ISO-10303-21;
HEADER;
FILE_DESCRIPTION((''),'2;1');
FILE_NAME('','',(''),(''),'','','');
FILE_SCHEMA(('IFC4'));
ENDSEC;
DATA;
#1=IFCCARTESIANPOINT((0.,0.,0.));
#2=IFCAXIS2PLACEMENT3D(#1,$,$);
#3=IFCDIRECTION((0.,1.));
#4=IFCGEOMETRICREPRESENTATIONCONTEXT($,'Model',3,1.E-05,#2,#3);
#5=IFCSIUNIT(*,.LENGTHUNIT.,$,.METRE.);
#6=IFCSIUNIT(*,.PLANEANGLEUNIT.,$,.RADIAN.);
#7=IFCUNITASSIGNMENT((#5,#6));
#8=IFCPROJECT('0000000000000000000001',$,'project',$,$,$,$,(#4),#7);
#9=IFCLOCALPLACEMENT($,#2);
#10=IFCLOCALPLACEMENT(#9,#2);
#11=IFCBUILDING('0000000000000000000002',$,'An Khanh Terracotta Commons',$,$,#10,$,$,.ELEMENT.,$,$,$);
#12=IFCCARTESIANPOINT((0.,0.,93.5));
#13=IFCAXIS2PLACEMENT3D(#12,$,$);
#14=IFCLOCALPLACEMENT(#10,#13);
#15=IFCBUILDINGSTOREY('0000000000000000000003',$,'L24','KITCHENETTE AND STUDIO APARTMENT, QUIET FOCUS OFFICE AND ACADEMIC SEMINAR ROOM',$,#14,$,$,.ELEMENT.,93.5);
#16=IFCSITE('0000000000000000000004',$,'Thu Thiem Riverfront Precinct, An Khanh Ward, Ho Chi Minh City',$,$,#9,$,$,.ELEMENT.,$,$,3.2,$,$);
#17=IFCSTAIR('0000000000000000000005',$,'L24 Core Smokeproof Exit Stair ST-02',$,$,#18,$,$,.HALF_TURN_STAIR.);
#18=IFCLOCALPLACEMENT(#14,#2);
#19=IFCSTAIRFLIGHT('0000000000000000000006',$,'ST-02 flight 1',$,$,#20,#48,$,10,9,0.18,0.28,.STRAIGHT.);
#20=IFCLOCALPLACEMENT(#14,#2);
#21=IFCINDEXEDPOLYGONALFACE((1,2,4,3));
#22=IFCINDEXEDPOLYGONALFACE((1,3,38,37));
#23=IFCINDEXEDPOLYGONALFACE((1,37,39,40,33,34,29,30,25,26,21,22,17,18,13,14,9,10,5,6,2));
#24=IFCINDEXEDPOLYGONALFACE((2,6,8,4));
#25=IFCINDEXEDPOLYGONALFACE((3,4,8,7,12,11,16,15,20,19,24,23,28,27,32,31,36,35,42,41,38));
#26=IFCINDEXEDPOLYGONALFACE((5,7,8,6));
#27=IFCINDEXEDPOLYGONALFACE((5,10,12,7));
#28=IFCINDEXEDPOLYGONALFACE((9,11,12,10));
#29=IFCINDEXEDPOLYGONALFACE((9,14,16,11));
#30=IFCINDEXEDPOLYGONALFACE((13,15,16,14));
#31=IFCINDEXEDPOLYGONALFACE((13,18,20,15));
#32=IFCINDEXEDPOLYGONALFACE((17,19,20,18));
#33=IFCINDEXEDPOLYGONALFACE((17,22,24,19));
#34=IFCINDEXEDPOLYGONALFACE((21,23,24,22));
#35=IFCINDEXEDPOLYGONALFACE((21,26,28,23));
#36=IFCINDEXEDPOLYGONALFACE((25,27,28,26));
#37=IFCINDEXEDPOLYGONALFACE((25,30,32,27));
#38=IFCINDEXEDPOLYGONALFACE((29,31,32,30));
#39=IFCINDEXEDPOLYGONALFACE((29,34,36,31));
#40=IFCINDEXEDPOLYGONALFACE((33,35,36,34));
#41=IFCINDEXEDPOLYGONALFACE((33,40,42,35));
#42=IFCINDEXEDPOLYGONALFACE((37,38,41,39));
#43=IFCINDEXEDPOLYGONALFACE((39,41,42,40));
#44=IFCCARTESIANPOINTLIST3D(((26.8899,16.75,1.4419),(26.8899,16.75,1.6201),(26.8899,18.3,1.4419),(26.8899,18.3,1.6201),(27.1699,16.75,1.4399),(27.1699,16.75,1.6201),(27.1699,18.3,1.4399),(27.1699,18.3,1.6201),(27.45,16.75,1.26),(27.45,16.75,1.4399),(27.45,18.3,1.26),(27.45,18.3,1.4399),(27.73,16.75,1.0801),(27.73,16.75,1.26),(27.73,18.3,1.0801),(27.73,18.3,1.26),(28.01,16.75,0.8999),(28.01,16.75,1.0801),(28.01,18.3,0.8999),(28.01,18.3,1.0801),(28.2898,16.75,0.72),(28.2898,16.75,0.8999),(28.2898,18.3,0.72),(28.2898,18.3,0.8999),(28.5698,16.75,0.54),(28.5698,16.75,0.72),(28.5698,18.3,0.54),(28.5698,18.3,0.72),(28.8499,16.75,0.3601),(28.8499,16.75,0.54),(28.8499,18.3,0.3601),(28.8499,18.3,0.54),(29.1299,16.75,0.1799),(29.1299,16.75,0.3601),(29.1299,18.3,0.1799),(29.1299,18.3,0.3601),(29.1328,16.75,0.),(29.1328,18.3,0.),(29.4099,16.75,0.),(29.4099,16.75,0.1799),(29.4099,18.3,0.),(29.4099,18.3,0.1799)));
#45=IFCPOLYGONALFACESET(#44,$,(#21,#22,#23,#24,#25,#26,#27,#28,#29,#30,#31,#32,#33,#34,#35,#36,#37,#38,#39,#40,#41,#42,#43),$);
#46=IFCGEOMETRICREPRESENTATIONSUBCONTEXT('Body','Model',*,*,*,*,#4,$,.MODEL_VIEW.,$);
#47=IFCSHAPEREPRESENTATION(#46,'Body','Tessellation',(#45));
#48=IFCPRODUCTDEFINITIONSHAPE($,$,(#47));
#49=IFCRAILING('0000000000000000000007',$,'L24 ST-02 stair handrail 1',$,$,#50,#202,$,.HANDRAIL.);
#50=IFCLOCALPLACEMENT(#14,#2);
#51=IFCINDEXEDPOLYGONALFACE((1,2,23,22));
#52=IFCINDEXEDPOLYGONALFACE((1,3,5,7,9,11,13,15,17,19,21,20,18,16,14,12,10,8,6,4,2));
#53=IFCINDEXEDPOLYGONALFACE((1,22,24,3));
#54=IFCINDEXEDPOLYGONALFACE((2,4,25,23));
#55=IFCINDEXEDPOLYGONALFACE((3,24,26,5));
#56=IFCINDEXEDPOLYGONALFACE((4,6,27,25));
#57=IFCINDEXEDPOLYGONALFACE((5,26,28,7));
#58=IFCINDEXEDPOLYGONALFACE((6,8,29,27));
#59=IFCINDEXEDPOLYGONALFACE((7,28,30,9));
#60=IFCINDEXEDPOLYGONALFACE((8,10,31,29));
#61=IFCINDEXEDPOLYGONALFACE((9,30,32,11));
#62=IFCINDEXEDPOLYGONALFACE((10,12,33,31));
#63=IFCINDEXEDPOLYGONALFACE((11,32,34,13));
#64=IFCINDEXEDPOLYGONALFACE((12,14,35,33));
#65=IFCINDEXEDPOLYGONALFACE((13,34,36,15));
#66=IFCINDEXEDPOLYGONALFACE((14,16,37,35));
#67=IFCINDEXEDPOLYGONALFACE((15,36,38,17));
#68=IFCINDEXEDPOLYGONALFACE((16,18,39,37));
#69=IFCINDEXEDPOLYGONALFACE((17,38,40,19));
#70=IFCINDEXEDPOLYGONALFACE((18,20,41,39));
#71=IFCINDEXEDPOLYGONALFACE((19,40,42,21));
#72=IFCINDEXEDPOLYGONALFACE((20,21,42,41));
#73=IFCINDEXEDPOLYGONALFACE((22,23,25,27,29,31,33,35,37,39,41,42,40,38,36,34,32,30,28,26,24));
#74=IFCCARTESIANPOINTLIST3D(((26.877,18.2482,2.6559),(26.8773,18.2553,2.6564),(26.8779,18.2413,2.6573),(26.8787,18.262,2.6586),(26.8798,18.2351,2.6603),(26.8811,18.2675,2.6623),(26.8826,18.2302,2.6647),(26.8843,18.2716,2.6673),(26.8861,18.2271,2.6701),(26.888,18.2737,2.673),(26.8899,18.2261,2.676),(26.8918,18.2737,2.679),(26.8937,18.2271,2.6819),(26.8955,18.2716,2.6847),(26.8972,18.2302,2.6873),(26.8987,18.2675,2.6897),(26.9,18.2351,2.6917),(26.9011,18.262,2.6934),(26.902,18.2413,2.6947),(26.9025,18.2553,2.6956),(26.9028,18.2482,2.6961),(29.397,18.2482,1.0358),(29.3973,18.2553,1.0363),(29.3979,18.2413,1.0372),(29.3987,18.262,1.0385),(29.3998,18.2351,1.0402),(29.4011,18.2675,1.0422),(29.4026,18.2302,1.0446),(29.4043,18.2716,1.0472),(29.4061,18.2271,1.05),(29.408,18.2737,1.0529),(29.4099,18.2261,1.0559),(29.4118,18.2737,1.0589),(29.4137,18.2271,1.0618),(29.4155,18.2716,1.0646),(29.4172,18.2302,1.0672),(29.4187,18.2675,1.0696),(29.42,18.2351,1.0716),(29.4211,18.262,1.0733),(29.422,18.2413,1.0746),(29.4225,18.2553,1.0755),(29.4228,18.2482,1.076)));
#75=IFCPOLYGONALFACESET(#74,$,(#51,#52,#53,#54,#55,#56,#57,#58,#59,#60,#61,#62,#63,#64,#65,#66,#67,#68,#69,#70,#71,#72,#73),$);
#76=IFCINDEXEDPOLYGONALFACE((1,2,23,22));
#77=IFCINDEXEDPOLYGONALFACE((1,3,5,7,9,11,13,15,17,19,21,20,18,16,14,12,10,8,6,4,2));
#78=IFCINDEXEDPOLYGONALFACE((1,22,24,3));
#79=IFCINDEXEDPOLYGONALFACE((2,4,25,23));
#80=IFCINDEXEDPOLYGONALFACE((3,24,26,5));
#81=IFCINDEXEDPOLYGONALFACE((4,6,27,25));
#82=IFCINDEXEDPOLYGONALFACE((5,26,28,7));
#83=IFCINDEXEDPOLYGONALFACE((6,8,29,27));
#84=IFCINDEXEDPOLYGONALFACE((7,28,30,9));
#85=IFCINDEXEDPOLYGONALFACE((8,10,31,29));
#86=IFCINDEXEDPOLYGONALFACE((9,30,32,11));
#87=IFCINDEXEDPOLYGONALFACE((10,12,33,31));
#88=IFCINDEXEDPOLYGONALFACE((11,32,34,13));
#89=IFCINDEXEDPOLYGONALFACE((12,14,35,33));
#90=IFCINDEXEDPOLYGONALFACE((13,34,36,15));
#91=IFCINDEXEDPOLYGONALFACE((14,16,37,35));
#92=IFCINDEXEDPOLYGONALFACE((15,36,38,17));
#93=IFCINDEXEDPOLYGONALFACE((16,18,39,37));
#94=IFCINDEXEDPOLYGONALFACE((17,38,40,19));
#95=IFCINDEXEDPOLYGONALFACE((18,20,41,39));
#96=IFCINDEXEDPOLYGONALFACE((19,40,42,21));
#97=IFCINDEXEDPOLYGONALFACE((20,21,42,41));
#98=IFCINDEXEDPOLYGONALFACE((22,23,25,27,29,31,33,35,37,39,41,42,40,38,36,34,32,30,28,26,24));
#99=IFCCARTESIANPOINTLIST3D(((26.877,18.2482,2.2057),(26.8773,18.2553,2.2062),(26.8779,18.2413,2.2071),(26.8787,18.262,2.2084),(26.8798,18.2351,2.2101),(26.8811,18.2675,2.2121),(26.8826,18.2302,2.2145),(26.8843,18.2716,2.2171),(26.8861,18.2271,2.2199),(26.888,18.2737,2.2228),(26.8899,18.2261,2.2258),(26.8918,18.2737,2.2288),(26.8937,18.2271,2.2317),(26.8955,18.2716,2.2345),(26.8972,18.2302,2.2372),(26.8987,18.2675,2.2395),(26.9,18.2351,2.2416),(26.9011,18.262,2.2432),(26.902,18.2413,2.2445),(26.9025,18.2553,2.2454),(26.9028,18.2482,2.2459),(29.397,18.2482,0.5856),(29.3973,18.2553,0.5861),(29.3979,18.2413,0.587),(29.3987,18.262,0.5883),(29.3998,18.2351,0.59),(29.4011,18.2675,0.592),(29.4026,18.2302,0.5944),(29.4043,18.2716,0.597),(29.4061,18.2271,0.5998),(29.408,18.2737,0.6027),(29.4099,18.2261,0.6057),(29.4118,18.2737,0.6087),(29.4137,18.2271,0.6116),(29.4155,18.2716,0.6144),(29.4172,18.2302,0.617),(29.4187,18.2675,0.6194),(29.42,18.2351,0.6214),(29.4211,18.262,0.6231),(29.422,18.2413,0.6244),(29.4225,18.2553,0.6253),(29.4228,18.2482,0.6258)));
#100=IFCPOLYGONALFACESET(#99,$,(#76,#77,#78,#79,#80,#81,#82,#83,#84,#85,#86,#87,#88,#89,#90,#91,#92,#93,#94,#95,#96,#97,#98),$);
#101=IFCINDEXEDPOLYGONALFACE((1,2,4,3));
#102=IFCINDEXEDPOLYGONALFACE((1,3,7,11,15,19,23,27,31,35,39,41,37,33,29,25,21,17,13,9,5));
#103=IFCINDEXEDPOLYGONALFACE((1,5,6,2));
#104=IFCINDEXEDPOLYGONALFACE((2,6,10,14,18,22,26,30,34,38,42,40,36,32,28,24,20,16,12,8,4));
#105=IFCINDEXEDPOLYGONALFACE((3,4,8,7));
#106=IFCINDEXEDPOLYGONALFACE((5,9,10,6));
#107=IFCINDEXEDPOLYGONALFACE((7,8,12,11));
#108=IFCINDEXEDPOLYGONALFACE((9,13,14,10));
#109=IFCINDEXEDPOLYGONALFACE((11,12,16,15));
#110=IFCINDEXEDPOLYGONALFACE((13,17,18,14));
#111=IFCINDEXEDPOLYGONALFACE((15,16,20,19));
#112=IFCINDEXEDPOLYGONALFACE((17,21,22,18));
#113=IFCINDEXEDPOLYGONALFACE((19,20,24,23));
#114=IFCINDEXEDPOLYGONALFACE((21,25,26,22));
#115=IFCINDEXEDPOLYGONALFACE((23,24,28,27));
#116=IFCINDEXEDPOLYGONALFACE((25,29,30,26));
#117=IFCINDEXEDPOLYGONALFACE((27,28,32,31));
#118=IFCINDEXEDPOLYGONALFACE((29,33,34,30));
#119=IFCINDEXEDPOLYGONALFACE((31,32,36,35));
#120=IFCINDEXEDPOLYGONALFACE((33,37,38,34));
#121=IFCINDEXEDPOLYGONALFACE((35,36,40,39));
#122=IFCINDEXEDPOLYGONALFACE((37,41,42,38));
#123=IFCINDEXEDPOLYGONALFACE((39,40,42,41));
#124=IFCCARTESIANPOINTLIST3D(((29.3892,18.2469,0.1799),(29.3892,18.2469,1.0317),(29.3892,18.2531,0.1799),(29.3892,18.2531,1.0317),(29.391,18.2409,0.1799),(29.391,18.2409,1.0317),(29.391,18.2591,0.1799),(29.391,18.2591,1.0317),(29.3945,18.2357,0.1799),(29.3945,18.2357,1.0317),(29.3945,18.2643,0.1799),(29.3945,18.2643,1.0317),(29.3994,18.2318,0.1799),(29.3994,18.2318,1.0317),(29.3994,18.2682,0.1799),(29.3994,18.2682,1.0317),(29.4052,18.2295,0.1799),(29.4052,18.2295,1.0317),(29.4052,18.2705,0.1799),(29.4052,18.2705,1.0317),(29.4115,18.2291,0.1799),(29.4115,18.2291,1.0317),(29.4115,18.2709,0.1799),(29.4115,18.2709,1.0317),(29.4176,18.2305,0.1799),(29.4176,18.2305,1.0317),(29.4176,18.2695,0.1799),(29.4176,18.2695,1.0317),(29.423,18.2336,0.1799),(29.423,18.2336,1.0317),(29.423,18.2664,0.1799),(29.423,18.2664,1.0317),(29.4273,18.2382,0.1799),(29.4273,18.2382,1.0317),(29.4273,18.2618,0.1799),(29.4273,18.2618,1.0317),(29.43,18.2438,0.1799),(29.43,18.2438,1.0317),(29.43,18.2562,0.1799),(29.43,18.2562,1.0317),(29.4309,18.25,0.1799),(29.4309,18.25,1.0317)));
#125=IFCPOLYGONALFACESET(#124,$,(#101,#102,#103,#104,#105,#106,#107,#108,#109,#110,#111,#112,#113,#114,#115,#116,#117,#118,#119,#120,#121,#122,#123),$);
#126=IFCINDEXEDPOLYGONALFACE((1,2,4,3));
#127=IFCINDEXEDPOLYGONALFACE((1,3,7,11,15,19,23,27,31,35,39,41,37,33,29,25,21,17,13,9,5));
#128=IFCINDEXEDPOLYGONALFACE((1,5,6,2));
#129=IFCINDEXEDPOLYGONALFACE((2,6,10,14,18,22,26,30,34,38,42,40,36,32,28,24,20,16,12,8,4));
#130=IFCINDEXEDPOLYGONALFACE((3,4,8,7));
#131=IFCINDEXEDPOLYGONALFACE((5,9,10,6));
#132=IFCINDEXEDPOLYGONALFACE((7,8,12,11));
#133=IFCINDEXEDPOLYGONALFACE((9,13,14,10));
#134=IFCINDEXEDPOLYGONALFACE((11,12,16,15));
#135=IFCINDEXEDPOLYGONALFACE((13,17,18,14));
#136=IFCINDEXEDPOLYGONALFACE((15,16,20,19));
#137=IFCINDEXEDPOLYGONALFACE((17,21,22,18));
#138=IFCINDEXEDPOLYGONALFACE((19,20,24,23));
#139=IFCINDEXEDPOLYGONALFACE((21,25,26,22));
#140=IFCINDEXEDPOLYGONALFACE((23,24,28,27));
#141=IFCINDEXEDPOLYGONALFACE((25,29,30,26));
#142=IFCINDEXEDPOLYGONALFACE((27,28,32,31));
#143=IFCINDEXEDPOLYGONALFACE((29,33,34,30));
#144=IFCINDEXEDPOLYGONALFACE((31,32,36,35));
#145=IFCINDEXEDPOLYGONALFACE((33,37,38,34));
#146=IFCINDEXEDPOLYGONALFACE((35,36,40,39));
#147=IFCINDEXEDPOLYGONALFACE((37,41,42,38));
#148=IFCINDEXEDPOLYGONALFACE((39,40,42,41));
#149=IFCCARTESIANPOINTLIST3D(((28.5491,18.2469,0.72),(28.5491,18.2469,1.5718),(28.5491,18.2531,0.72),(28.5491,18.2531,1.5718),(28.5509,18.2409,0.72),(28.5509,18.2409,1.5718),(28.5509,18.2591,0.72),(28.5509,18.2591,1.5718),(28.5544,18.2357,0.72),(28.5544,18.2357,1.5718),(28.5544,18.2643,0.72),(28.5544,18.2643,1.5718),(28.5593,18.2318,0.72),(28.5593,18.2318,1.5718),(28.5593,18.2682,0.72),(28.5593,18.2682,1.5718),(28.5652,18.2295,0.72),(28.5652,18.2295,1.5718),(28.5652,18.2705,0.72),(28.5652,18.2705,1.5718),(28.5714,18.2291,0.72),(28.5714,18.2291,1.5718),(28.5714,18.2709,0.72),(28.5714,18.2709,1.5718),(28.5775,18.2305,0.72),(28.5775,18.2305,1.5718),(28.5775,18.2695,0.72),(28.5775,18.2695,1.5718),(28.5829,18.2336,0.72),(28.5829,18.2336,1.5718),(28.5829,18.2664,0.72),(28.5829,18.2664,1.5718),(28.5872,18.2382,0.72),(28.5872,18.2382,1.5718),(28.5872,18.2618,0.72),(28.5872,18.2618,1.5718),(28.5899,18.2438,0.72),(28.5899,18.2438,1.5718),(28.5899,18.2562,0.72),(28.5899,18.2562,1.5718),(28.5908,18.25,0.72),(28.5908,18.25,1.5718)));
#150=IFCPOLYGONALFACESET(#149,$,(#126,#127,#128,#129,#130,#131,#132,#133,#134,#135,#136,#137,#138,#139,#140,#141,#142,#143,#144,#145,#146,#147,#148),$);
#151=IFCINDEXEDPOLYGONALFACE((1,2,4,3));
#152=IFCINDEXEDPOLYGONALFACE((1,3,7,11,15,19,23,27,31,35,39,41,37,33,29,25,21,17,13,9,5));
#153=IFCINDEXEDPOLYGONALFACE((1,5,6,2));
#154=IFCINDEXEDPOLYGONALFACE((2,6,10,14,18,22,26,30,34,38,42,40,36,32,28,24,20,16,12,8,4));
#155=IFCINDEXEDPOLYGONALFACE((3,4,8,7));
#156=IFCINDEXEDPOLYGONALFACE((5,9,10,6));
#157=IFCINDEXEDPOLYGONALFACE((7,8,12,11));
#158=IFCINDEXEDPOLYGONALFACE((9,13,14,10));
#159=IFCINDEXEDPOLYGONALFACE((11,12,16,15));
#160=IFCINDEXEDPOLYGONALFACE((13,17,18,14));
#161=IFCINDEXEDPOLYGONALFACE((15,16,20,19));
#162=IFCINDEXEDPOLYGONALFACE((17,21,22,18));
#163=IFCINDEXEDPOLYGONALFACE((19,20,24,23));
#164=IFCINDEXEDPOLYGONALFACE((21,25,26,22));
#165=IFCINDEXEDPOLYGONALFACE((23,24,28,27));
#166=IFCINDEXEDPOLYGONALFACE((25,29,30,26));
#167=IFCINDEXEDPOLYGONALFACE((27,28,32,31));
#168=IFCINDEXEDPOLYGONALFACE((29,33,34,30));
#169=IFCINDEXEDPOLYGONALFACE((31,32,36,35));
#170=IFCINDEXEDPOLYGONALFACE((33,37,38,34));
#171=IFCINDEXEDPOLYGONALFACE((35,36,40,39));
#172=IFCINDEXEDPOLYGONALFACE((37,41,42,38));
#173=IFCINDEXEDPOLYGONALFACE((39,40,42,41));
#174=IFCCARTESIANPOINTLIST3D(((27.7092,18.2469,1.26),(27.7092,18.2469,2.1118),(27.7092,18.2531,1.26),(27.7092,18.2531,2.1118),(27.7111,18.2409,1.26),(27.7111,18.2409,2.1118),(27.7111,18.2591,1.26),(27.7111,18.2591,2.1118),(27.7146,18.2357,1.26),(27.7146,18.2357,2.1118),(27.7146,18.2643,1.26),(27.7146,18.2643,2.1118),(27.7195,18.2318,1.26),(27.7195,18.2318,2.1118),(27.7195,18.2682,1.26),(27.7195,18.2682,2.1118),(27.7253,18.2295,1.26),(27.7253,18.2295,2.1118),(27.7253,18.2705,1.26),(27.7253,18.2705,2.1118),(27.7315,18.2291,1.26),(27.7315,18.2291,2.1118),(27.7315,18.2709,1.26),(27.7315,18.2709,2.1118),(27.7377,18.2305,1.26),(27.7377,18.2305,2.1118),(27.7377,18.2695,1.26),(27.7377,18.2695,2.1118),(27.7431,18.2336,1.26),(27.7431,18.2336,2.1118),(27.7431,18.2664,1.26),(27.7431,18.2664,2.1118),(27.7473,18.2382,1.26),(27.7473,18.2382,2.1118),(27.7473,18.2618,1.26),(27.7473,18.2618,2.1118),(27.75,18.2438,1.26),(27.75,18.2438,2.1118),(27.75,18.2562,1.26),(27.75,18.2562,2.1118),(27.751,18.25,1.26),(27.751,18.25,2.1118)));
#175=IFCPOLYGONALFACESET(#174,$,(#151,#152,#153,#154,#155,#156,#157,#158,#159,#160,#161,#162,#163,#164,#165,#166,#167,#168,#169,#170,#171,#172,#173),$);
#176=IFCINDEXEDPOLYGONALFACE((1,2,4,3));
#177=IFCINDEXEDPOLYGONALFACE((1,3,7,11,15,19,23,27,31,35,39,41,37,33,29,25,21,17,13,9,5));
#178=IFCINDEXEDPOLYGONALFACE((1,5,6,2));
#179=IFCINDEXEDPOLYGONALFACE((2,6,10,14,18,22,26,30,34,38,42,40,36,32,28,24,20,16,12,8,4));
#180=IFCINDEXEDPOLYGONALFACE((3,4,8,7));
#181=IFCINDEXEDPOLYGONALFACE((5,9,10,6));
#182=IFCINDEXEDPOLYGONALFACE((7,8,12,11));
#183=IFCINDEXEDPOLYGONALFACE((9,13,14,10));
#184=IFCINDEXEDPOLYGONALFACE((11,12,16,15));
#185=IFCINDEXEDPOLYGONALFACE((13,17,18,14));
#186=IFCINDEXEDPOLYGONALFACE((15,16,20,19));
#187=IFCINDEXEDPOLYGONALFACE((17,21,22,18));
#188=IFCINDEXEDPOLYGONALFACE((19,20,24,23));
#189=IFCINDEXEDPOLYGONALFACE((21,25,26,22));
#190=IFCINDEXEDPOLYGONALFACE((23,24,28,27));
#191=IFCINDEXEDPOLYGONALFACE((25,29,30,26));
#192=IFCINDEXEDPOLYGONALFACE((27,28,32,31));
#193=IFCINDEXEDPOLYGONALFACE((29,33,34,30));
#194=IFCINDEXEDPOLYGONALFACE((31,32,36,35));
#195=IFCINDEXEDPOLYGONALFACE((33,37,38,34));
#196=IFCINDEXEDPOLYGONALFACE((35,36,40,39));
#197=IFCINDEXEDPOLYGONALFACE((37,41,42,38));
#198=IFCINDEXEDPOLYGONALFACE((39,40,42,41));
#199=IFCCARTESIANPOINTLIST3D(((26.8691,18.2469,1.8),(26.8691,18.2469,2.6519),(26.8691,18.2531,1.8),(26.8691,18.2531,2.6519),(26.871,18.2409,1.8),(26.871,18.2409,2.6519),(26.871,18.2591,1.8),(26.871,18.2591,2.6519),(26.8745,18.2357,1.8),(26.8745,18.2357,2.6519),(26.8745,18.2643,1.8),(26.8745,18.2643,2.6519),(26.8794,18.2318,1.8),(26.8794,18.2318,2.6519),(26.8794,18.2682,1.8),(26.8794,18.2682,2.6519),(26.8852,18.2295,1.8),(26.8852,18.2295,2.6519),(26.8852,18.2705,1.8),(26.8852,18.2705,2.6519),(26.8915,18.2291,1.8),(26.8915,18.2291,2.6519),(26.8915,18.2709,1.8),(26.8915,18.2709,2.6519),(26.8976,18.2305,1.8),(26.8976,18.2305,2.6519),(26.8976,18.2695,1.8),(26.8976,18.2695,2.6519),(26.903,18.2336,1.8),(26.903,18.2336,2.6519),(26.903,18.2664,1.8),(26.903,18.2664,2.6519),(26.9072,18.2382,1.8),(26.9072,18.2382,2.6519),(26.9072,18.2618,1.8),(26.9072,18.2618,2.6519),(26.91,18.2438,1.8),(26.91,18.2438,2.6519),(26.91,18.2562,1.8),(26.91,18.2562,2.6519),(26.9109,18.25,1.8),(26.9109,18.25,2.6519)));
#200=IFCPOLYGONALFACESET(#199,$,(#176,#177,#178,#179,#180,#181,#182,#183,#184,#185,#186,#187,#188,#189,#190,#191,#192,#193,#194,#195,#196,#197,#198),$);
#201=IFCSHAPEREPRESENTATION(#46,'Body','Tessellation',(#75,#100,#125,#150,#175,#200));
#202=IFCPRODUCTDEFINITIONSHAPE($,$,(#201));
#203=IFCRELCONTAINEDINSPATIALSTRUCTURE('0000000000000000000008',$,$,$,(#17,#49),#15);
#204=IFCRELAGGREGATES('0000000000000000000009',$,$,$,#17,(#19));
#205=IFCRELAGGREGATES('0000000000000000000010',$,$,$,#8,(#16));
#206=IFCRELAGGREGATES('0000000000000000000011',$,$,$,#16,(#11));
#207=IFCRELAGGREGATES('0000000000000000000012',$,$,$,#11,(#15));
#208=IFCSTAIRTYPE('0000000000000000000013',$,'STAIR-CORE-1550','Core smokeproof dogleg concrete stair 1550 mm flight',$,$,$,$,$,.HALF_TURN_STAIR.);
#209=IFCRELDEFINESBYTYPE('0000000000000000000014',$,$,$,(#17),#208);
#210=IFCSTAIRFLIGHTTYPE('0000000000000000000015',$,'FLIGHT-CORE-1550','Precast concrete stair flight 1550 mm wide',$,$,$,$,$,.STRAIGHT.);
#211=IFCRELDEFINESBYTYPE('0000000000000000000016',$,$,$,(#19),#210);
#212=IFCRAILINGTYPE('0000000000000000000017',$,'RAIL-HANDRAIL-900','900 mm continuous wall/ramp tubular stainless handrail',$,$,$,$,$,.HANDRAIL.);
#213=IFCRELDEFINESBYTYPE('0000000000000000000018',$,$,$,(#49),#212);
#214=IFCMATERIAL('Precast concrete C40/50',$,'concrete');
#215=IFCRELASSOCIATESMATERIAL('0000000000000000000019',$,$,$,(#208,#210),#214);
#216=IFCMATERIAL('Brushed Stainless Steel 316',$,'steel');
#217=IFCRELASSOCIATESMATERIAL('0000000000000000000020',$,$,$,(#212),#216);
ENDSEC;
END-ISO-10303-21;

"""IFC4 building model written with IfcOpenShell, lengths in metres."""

from ifc_helpers import new_model, si_unit, direction, frame, origin, origin_2d, place, context, subcontext, project, spatial, polyline, circle, outline, extrude, material, type_object, element, aggregate, save


model = new_model("IFC4")

# Units and contexts
model_context = context("Model", 3, precision=1e-05, world=origin(), true_north=direction((0.0, 1.0)))
body_context = subcontext(model_context, "Body", "Model", "MODEL_VIEW")
ifc_project = project(units=[si_unit("LENGTHUNIT", "METRE"), si_unit("PLANEANGLEUNIT", "RADIAN")], contexts=[model_context])

# Site, building, storey
site_placement = place(None, origin())
site = spatial("IfcSite", under=ifc_project, at=site_placement, Name="Thu Thiem Riverfront Precinct, An Khanh Ward, Ho Chi Minh City", CompositionType="ELEMENT", RefElevation=3.2)
building_placement = place(site_placement, origin())
building = spatial("IfcBuilding", under=site, at=building_placement, Name="An Khanh Terracotta Commons", CompositionType="ELEMENT")
storey_placement = place(building_placement, frame((0.0, 0.0, 93.5)))
storey = spatial("IfcBuildingStorey", under=building, at=storey_placement, Name="L24", Description="KITCHENETTE AND STUDIO APARTMENT, QUIET FOCUS OFFICE AND ACADEMIC SEMINAR ROOM", CompositionType="ELEMENT", Elevation=93.5)

# Stair, stair flight
ifc_material_1 = material(Name="Precast concrete C40/50", Category="concrete")
stair_type = type_object("IfcStairType", Name="STAIR-CORE-1550", Description="Core smokeproof dogleg concrete stair 1550 mm flight", PredefinedType="HALF_TURN_STAIR", material=ifc_material_1)
stair_placement = place(storey_placement, origin())
stair = element("IfcStair", 1, at=stair_placement, inside=storey, type_object=stair_type, Name="L24 Core Smokeproof Exit Stair ST-02", PredefinedType="HALF_TURN_STAIR")
stair_flight_type = type_object("IfcStairFlightType", Name="FLIGHT-CORE-1550", Description="Precast concrete stair flight 1550 mm wide", PredefinedType="STRAIGHT", material=ifc_material_1)
stair_flight_placement = place(storey_placement, frame((29.4099, 17.5249, 0.0), z_axis=(0.0, 0.0, 1.0), x_axis=(-1.0, 0.0, 0.0)))
stair_flight = element("IfcStairFlight", 2, at=stair_flight_placement, type_object=stair_flight_type, Name="ST-02 flight 1", NumberOfRisers=10, NumberOfTreads=9, PredefinedType="STRAIGHT", RiserHeight=0.18, TreadLength=0.28, context=body_context, shape_type="SweptSolid", body=[
    extrude(outline(polyline([(0.0, 0.0), (0.0, 0.1799), (0.28, 0.1799), (0.28, 0.3601), (0.5601, 0.3601), (0.5601, 0.54), (0.8401, 0.54), (0.8401, 0.72), (1.1201, 0.72), (1.1201, 0.8999), (1.3999, 0.8999), (1.3999, 1.0801), (1.6799, 1.0801), (1.6799, 1.26), (1.96, 1.26), (1.96, 1.4399), (2.24, 1.4399), (2.24, 1.6201), (2.52, 1.6201), (2.52, 1.8), (2.52, 1.4419), (0.2771, 0.0), (0.0, 0.0)])), frame((0.0, 0.7749, 0.0), z_axis=(0.0, -1.0, 0.0), x_axis=(1.0, 0.0, 0.0)), (0.0, 0.0, 1.0), 1.55),
])
aggregate(stair, [stair_flight])

# Railing
ifc_material_2 = material(Name="Brushed Stainless Steel 316", Category="steel")
railing_type_1 = type_object("IfcRailingType", Name="RAIL-HANDRAIL-900", Description="900 mm continuous wall/ramp tubular stainless handrail", PredefinedType="HANDRAIL", material=ifc_material_2)
railing_1_placement = place(storey_placement, frame((29.4099, 18.25, 0.1799)))
element("IfcRailing", 3, at=railing_1_placement, inside=storey, type_object=railing_type_1, Name="L24 ST-02 stair handrail 1", PredefinedType="HANDRAIL", context=body_context, shape_type="SweptSolid", body=[
    extrude(circle(Radius=0.0239, at=origin_2d()), frame((0.0, 0.0, 0.876), z_axis=(-0.841163, 0.0, 0.540782), x_axis=(0.0, -1.0, 0.0)), (0.0, 0.0, 1.0), 2.9958),
    extrude(circle(Radius=0.0239, at=origin_2d()), frame((0.0, 0.0, 0.4258), z_axis=(-0.841163, 0.0, 0.540782), x_axis=(0.0, -1.0, 0.0)), (0.0, 0.0, 1.0), 2.9958),
    extrude(circle(Radius=0.021, at=origin_2d()), origin(), (0.0, 0.0, 1.0), 0.8518),
    extrude(circle(Radius=0.021, at=origin_2d()), frame((-0.8401, 0.0, 0.54)), (0.0, 0.0, 1.0), 0.8518),
    extrude(circle(Radius=0.021, at=origin_2d()), frame((-1.6799, 0.0, 1.0801)), (0.0, 0.0, 1.0), 0.8518),
    extrude(circle(Radius=0.021, at=origin_2d()), frame((-2.52, 0.0, 1.6201)), (0.0, 0.0, 1.0), 0.8518),
])

save(model, "model.ifc")
